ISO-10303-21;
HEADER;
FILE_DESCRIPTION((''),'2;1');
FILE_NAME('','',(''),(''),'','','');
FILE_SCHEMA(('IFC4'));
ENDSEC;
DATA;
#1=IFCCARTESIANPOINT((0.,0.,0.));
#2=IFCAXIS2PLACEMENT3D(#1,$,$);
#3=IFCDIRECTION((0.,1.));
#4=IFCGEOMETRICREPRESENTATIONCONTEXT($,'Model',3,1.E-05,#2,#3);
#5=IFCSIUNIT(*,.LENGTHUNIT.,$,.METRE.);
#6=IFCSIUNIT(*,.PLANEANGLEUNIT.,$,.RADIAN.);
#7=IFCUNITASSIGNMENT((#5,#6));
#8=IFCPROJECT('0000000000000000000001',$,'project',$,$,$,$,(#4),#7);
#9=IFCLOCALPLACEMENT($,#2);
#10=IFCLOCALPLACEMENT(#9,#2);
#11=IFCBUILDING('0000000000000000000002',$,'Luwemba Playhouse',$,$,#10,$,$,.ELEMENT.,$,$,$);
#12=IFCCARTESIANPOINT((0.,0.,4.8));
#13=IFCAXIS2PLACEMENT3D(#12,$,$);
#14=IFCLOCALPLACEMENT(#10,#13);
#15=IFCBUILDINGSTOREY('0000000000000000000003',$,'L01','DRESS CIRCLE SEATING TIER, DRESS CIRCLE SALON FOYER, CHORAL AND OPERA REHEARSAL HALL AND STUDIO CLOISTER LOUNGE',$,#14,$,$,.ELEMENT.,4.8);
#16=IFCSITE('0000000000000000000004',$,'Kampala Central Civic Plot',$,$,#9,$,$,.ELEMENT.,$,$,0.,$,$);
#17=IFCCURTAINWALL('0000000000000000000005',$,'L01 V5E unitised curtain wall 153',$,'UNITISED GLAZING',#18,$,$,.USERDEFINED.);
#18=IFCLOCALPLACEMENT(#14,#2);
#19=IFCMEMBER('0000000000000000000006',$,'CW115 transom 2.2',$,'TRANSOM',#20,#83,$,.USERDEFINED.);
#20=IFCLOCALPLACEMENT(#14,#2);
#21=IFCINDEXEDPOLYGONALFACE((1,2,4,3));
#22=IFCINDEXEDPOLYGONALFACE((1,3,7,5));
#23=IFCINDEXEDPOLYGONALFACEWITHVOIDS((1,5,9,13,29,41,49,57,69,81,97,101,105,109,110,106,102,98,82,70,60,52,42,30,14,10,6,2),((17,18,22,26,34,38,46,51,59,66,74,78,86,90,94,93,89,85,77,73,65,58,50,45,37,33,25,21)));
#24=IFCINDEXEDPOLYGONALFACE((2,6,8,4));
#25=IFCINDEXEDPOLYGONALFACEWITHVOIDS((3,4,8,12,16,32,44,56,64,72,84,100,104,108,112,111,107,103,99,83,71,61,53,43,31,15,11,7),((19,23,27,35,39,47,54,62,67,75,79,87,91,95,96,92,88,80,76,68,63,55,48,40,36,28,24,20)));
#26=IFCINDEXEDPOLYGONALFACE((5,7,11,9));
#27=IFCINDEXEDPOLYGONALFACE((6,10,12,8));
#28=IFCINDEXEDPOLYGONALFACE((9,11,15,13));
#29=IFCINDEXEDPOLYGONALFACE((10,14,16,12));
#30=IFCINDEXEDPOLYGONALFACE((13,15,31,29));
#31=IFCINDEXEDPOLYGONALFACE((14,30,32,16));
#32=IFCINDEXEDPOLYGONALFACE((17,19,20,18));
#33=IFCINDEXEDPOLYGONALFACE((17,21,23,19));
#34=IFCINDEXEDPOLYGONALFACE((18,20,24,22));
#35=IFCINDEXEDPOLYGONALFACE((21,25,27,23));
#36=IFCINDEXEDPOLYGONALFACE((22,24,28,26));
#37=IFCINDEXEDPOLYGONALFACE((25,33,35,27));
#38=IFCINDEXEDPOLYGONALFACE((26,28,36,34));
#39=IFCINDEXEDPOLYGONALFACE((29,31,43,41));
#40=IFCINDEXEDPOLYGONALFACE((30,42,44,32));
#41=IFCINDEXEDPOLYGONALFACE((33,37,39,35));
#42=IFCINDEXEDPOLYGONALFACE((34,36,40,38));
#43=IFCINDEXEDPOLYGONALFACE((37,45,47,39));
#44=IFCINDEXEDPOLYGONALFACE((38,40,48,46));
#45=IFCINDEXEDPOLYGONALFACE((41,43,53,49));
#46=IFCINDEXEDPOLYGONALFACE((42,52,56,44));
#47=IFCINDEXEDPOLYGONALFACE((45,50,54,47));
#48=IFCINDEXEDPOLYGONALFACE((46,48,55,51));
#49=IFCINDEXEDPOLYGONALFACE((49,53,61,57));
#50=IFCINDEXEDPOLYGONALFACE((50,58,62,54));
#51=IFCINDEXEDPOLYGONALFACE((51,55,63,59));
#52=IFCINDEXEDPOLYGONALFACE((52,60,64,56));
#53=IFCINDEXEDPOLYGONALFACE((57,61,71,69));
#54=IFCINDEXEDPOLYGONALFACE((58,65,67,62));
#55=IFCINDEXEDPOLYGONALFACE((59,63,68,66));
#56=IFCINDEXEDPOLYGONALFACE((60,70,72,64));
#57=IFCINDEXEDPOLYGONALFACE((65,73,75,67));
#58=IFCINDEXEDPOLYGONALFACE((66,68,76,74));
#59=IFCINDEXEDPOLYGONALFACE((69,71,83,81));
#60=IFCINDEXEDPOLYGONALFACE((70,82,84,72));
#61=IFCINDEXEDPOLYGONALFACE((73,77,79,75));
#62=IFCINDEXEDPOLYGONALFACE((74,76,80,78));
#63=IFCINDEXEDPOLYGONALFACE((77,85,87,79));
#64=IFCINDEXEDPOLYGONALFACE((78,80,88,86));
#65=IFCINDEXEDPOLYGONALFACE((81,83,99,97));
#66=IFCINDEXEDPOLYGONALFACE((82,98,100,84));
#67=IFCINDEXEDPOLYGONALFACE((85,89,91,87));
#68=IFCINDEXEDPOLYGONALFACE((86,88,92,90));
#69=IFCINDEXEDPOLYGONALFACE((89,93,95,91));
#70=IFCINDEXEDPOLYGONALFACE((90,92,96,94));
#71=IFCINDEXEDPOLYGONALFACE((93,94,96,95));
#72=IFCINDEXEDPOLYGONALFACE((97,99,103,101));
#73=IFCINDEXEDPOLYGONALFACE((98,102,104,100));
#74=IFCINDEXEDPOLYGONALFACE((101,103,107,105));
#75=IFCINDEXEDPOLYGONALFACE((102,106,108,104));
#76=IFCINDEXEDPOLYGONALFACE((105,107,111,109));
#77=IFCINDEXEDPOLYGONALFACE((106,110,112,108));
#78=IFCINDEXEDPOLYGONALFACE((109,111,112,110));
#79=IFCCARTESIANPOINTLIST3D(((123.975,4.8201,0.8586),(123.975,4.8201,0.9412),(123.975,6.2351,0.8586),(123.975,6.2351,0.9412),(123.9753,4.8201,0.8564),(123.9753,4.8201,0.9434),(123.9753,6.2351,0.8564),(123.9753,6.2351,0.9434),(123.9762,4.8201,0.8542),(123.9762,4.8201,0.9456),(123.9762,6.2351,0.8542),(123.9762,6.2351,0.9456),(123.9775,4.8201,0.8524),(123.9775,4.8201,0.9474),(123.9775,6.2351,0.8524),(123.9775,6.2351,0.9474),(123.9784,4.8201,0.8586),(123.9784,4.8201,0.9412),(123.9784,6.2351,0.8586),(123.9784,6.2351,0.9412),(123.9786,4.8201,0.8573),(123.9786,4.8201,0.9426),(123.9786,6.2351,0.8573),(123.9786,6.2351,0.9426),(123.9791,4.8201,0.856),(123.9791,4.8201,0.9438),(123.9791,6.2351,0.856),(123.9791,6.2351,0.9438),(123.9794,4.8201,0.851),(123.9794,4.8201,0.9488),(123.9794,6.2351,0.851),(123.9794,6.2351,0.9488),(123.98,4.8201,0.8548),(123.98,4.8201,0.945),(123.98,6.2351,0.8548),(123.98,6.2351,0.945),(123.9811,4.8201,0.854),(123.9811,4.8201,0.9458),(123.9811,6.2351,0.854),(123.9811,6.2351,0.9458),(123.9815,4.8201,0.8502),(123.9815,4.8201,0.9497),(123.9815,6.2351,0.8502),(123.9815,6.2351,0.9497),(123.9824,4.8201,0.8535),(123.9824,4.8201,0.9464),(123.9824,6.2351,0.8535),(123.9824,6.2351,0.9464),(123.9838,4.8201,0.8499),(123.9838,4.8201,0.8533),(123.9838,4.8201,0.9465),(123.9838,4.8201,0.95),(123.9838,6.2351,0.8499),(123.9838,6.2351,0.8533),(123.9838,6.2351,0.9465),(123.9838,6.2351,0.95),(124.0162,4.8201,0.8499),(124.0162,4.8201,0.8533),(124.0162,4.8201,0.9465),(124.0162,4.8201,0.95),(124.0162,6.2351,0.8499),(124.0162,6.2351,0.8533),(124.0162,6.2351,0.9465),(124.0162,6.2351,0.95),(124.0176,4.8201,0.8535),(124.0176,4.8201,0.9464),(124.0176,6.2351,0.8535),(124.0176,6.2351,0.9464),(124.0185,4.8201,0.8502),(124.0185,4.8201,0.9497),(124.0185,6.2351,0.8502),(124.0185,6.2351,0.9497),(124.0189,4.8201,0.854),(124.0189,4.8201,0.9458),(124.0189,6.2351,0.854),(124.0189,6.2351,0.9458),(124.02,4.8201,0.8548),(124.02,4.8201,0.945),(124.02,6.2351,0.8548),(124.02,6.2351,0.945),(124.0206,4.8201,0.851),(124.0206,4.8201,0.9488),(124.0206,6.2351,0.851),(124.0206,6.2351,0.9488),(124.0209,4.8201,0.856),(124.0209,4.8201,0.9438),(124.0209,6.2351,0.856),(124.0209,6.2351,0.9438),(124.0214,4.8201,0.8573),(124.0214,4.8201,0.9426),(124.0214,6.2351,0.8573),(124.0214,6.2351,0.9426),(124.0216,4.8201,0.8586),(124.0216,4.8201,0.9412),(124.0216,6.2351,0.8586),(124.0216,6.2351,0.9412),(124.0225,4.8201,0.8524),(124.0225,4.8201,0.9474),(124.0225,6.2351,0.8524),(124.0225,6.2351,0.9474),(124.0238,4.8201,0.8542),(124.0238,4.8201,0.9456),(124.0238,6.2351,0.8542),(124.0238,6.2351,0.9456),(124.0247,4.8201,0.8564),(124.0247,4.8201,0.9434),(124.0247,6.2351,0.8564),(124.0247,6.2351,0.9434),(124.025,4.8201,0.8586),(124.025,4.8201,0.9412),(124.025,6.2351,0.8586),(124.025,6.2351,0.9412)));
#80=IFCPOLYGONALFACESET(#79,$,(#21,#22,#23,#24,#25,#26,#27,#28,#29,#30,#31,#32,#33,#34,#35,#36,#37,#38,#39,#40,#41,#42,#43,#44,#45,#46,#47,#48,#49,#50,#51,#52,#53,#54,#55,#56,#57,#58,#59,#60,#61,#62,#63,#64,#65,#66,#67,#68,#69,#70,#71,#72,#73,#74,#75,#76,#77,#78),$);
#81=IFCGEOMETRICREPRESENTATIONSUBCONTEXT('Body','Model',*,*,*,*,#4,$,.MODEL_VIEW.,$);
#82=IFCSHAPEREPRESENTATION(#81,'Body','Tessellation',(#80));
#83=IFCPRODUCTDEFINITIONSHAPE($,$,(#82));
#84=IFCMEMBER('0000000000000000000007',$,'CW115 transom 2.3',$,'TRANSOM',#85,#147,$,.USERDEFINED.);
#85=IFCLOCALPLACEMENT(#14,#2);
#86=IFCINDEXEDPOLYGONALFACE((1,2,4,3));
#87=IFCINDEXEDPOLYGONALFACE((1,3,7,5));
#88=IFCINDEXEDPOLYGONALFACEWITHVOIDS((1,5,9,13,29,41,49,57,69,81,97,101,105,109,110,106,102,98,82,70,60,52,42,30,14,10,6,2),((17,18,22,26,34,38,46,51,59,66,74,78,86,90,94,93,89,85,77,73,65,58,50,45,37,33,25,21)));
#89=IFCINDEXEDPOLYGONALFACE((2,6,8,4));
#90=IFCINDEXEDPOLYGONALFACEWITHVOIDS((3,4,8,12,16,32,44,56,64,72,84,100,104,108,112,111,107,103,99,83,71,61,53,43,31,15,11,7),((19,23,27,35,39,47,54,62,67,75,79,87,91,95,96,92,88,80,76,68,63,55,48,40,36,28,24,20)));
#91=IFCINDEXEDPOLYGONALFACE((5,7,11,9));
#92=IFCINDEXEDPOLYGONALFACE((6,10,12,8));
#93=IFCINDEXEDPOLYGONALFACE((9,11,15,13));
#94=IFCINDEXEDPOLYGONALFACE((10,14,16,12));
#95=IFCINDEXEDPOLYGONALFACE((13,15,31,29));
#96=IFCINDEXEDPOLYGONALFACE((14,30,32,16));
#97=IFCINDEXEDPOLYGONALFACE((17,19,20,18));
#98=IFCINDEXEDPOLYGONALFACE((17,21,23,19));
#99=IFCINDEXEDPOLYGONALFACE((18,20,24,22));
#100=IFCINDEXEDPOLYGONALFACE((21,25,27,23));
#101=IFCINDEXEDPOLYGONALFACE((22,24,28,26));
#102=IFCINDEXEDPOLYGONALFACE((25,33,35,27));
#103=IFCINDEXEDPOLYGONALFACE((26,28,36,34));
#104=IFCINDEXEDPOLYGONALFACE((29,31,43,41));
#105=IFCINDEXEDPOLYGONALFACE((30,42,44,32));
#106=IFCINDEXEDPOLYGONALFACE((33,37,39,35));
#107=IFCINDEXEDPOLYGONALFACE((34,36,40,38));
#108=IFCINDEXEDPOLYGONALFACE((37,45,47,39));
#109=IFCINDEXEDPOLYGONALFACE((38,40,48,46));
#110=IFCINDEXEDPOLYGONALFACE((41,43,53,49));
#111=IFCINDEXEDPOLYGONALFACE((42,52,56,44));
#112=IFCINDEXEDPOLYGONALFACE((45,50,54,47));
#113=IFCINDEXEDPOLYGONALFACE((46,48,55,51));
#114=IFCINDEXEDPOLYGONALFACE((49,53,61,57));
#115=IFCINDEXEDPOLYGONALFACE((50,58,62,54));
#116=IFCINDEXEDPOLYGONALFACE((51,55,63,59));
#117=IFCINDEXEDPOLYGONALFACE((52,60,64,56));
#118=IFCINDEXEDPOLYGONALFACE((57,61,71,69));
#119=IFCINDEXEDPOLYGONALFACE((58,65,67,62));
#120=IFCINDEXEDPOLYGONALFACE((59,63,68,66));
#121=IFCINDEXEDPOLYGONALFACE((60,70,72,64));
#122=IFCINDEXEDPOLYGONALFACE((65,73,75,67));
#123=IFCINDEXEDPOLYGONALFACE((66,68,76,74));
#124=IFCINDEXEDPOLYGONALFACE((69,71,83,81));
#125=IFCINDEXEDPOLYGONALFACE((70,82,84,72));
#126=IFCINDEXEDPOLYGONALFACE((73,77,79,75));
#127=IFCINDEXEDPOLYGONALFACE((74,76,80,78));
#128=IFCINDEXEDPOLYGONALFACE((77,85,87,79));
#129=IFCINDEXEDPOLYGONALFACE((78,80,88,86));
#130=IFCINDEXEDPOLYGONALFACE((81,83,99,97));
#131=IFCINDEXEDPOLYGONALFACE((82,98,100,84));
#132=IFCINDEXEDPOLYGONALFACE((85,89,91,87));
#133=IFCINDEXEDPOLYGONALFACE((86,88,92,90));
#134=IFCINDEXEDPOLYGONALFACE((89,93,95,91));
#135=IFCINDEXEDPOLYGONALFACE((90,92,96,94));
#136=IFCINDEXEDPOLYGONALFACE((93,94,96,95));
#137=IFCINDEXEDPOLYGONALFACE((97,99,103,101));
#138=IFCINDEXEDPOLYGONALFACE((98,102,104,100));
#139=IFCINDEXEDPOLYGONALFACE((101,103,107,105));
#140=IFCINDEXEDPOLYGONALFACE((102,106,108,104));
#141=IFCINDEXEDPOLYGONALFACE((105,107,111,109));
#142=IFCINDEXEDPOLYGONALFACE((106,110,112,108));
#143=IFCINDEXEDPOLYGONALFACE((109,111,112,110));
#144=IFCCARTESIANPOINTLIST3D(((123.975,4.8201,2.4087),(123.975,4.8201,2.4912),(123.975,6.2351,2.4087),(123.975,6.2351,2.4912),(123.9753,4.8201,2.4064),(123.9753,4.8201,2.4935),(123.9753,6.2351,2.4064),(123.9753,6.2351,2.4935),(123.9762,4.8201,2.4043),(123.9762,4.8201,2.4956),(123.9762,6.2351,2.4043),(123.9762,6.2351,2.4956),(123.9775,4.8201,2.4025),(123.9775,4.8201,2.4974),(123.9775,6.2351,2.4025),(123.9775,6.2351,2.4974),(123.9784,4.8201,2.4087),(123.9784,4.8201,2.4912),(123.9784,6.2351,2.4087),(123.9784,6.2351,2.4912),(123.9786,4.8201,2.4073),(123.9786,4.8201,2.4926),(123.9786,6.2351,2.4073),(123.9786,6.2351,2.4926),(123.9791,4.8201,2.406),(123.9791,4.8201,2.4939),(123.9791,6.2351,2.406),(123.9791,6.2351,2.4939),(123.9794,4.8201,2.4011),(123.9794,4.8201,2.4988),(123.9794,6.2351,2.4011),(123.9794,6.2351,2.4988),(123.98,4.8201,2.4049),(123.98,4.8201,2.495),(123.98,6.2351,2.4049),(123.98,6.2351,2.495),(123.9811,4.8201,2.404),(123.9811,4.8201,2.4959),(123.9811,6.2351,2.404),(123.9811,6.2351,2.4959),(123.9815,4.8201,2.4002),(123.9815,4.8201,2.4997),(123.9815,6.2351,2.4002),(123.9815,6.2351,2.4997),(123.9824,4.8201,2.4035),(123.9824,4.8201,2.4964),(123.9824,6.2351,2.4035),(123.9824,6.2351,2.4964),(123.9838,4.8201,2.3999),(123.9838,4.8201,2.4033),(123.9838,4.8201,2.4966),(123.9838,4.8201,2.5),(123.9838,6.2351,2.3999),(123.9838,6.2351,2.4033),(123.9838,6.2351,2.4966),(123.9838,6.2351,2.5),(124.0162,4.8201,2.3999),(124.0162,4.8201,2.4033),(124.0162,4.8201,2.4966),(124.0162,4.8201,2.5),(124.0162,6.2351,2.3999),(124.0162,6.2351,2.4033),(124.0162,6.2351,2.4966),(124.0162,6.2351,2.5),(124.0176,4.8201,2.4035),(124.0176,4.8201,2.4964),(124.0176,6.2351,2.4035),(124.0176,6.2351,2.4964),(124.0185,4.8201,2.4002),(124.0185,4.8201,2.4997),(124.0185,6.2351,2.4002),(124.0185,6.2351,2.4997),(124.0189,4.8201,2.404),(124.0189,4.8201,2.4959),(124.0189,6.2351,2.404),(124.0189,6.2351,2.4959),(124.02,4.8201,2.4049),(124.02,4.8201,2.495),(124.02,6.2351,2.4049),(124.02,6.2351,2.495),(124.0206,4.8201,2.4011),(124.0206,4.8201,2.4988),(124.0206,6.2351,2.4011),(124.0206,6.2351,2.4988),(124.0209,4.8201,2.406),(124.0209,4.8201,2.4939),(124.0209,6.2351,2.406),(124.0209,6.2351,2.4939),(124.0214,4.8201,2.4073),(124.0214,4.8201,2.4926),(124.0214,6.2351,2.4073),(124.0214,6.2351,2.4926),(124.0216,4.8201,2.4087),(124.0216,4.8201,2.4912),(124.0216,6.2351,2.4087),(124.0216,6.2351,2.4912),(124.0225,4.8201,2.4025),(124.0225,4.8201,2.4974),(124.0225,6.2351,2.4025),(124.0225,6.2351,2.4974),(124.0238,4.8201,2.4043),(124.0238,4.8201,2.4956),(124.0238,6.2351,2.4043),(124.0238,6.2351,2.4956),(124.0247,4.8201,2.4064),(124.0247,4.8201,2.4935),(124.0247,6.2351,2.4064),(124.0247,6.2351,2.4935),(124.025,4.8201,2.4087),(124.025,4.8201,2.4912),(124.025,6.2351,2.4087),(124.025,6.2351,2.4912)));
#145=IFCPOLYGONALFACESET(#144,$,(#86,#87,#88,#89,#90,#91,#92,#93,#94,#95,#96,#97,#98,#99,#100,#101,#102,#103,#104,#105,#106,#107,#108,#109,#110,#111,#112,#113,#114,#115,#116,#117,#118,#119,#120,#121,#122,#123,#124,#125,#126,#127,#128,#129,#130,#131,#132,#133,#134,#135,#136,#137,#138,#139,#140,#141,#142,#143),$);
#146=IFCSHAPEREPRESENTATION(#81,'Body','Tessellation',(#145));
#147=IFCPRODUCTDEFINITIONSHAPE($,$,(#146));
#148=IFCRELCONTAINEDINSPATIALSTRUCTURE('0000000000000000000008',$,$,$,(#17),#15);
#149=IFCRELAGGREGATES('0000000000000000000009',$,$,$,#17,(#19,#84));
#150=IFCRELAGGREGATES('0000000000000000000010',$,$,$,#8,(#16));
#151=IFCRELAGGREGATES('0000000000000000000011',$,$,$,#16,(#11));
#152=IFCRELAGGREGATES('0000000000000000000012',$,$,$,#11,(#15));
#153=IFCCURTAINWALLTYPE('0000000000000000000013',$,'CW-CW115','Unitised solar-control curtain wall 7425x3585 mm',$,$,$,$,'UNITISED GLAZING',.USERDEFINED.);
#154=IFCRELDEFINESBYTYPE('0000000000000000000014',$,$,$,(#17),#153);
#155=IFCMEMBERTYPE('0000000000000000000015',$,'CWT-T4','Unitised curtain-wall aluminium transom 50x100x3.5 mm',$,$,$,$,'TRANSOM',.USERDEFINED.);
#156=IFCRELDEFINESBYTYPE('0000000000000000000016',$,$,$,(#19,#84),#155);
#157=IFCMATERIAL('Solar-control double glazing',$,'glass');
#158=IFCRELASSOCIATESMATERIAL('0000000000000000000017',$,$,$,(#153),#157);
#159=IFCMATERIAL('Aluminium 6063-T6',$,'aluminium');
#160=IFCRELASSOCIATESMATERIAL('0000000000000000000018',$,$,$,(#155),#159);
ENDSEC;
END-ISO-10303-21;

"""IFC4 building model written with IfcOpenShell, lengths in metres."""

from ifc_helpers import new_model, si_unit, direction, frame, origin, origin_2d, place, context, subcontext, project, spatial, hollow_rectangle, extrude, material, material_profile, profile_set, type_object, element, aggregate, save


model = new_model("IFC4")

# Units and contexts
model_context = context("Model", 3, precision=1e-05, world=origin(), true_north=direction((0.0, 1.0)))
body_context = subcontext(model_context, "Body", "Model", "MODEL_VIEW")
ifc_project = project(units=[si_unit("LENGTHUNIT", "METRE"), si_unit("PLANEANGLEUNIT", "RADIAN")], contexts=[model_context])

# Site, building, storey
site_placement = place(None, origin())
site = spatial("IfcSite", under=ifc_project, at=site_placement, Name="Kampala Central Civic Plot", CompositionType="ELEMENT", RefElevation=0.0)
building_placement = place(site_placement, origin())
building = spatial("IfcBuilding", under=site, at=building_placement, Name="Luwemba Playhouse", CompositionType="ELEMENT")
storey_placement = place(building_placement, frame((0.0, 0.0, 4.8)))
storey = spatial("IfcBuildingStorey", under=building, at=storey_placement, Name="L01", Description="DRESS CIRCLE SEATING TIER, DRESS CIRCLE SALON FOYER, CHORAL AND OPERA REHEARSAL HALL AND STUDIO CLOISTER LOUNGE", CompositionType="ELEMENT", Elevation=4.8)

# Curtain wall, members
ifc_material_1 = material(Name="Solar-control double glazing", Category="glass")
curtain_wall_type = type_object("IfcCurtainWallType", Name="CW-CW115", Description="Unitised solar-control curtain wall 7425x3585 mm", ElementType="UNITISED GLAZING", PredefinedType="USERDEFINED", material=ifc_material_1)
curtain_wall_placement = place(storey_placement, origin())
curtain_wall = element("IfcCurtainWall", 1, at=curtain_wall_placement, inside=storey, type_object=curtain_wall_type, Name="L01 V5E unitised curtain wall 153", ObjectType="UNITISED GLAZING", PredefinedType="USERDEFINED")
ifc_material_2 = material(Name="Aluminium 6063-T6", Category="aluminium")
ifc_material_profile_1 = material_profile(ifc_material_2, hollow_rectangle(XDim=0.05, YDim=0.1001, WallThickness=0.0034, InnerFilletRadius=0.0054, OuterFilletRadius=0.0088, at=origin_2d()))
ifc_profile_set_1 = profile_set([ifc_material_profile_1], Name="Aluminium 6063-T6")
member_type_1 = type_object("IfcMemberType", Name="CWT-T4", Description="Unitised curtain-wall aluminium transom 50x100x3.5 mm", ElementType="TRANSOM", PredefinedType="USERDEFINED", material=ifc_profile_set_1)
member_1_placement = place(storey_placement, frame((124.0, 4.8201, 0.8999), z_axis=(0.0, 1.0, 0.0), x_axis=(-1.0, 0.0, 0.0)))
member_1 = element("IfcMember", 2, at=member_1_placement, type_object=member_type_1, Name="CW115 transom 2.2", ObjectType="TRANSOM", PredefinedType="USERDEFINED", context=body_context, shape_type="SweptSolid", body=[
    extrude(hollow_rectangle(XDim=0.05, YDim=0.1001, WallThickness=0.0034, InnerFilletRadius=0.0054, OuterFilletRadius=0.0088, at=origin_2d()), origin(), (0.0, 0.0, 1.0), 1.415),
])
member_2_placement = place(storey_placement, frame((124.0, 4.8201, 2.45), z_axis=(0.0, 1.0, 0.0), x_axis=(-1.0, 0.0, 0.0)))
member_2 = element("IfcMember", 3, at=member_2_placement, type_object=member_type_1, Name="CW115 transom 2.3", ObjectType="TRANSOM", PredefinedType="USERDEFINED", context=body_context, shape_type="SweptSolid", body=[
    extrude(hollow_rectangle(XDim=0.05, YDim=0.1001, WallThickness=0.0034, InnerFilletRadius=0.0054, OuterFilletRadius=0.0088, at=origin_2d()), origin(), (0.0, 0.0, 1.0), 1.415),
])

aggregate(curtain_wall, [member_1, member_2])

save(model, "model.ifc")
